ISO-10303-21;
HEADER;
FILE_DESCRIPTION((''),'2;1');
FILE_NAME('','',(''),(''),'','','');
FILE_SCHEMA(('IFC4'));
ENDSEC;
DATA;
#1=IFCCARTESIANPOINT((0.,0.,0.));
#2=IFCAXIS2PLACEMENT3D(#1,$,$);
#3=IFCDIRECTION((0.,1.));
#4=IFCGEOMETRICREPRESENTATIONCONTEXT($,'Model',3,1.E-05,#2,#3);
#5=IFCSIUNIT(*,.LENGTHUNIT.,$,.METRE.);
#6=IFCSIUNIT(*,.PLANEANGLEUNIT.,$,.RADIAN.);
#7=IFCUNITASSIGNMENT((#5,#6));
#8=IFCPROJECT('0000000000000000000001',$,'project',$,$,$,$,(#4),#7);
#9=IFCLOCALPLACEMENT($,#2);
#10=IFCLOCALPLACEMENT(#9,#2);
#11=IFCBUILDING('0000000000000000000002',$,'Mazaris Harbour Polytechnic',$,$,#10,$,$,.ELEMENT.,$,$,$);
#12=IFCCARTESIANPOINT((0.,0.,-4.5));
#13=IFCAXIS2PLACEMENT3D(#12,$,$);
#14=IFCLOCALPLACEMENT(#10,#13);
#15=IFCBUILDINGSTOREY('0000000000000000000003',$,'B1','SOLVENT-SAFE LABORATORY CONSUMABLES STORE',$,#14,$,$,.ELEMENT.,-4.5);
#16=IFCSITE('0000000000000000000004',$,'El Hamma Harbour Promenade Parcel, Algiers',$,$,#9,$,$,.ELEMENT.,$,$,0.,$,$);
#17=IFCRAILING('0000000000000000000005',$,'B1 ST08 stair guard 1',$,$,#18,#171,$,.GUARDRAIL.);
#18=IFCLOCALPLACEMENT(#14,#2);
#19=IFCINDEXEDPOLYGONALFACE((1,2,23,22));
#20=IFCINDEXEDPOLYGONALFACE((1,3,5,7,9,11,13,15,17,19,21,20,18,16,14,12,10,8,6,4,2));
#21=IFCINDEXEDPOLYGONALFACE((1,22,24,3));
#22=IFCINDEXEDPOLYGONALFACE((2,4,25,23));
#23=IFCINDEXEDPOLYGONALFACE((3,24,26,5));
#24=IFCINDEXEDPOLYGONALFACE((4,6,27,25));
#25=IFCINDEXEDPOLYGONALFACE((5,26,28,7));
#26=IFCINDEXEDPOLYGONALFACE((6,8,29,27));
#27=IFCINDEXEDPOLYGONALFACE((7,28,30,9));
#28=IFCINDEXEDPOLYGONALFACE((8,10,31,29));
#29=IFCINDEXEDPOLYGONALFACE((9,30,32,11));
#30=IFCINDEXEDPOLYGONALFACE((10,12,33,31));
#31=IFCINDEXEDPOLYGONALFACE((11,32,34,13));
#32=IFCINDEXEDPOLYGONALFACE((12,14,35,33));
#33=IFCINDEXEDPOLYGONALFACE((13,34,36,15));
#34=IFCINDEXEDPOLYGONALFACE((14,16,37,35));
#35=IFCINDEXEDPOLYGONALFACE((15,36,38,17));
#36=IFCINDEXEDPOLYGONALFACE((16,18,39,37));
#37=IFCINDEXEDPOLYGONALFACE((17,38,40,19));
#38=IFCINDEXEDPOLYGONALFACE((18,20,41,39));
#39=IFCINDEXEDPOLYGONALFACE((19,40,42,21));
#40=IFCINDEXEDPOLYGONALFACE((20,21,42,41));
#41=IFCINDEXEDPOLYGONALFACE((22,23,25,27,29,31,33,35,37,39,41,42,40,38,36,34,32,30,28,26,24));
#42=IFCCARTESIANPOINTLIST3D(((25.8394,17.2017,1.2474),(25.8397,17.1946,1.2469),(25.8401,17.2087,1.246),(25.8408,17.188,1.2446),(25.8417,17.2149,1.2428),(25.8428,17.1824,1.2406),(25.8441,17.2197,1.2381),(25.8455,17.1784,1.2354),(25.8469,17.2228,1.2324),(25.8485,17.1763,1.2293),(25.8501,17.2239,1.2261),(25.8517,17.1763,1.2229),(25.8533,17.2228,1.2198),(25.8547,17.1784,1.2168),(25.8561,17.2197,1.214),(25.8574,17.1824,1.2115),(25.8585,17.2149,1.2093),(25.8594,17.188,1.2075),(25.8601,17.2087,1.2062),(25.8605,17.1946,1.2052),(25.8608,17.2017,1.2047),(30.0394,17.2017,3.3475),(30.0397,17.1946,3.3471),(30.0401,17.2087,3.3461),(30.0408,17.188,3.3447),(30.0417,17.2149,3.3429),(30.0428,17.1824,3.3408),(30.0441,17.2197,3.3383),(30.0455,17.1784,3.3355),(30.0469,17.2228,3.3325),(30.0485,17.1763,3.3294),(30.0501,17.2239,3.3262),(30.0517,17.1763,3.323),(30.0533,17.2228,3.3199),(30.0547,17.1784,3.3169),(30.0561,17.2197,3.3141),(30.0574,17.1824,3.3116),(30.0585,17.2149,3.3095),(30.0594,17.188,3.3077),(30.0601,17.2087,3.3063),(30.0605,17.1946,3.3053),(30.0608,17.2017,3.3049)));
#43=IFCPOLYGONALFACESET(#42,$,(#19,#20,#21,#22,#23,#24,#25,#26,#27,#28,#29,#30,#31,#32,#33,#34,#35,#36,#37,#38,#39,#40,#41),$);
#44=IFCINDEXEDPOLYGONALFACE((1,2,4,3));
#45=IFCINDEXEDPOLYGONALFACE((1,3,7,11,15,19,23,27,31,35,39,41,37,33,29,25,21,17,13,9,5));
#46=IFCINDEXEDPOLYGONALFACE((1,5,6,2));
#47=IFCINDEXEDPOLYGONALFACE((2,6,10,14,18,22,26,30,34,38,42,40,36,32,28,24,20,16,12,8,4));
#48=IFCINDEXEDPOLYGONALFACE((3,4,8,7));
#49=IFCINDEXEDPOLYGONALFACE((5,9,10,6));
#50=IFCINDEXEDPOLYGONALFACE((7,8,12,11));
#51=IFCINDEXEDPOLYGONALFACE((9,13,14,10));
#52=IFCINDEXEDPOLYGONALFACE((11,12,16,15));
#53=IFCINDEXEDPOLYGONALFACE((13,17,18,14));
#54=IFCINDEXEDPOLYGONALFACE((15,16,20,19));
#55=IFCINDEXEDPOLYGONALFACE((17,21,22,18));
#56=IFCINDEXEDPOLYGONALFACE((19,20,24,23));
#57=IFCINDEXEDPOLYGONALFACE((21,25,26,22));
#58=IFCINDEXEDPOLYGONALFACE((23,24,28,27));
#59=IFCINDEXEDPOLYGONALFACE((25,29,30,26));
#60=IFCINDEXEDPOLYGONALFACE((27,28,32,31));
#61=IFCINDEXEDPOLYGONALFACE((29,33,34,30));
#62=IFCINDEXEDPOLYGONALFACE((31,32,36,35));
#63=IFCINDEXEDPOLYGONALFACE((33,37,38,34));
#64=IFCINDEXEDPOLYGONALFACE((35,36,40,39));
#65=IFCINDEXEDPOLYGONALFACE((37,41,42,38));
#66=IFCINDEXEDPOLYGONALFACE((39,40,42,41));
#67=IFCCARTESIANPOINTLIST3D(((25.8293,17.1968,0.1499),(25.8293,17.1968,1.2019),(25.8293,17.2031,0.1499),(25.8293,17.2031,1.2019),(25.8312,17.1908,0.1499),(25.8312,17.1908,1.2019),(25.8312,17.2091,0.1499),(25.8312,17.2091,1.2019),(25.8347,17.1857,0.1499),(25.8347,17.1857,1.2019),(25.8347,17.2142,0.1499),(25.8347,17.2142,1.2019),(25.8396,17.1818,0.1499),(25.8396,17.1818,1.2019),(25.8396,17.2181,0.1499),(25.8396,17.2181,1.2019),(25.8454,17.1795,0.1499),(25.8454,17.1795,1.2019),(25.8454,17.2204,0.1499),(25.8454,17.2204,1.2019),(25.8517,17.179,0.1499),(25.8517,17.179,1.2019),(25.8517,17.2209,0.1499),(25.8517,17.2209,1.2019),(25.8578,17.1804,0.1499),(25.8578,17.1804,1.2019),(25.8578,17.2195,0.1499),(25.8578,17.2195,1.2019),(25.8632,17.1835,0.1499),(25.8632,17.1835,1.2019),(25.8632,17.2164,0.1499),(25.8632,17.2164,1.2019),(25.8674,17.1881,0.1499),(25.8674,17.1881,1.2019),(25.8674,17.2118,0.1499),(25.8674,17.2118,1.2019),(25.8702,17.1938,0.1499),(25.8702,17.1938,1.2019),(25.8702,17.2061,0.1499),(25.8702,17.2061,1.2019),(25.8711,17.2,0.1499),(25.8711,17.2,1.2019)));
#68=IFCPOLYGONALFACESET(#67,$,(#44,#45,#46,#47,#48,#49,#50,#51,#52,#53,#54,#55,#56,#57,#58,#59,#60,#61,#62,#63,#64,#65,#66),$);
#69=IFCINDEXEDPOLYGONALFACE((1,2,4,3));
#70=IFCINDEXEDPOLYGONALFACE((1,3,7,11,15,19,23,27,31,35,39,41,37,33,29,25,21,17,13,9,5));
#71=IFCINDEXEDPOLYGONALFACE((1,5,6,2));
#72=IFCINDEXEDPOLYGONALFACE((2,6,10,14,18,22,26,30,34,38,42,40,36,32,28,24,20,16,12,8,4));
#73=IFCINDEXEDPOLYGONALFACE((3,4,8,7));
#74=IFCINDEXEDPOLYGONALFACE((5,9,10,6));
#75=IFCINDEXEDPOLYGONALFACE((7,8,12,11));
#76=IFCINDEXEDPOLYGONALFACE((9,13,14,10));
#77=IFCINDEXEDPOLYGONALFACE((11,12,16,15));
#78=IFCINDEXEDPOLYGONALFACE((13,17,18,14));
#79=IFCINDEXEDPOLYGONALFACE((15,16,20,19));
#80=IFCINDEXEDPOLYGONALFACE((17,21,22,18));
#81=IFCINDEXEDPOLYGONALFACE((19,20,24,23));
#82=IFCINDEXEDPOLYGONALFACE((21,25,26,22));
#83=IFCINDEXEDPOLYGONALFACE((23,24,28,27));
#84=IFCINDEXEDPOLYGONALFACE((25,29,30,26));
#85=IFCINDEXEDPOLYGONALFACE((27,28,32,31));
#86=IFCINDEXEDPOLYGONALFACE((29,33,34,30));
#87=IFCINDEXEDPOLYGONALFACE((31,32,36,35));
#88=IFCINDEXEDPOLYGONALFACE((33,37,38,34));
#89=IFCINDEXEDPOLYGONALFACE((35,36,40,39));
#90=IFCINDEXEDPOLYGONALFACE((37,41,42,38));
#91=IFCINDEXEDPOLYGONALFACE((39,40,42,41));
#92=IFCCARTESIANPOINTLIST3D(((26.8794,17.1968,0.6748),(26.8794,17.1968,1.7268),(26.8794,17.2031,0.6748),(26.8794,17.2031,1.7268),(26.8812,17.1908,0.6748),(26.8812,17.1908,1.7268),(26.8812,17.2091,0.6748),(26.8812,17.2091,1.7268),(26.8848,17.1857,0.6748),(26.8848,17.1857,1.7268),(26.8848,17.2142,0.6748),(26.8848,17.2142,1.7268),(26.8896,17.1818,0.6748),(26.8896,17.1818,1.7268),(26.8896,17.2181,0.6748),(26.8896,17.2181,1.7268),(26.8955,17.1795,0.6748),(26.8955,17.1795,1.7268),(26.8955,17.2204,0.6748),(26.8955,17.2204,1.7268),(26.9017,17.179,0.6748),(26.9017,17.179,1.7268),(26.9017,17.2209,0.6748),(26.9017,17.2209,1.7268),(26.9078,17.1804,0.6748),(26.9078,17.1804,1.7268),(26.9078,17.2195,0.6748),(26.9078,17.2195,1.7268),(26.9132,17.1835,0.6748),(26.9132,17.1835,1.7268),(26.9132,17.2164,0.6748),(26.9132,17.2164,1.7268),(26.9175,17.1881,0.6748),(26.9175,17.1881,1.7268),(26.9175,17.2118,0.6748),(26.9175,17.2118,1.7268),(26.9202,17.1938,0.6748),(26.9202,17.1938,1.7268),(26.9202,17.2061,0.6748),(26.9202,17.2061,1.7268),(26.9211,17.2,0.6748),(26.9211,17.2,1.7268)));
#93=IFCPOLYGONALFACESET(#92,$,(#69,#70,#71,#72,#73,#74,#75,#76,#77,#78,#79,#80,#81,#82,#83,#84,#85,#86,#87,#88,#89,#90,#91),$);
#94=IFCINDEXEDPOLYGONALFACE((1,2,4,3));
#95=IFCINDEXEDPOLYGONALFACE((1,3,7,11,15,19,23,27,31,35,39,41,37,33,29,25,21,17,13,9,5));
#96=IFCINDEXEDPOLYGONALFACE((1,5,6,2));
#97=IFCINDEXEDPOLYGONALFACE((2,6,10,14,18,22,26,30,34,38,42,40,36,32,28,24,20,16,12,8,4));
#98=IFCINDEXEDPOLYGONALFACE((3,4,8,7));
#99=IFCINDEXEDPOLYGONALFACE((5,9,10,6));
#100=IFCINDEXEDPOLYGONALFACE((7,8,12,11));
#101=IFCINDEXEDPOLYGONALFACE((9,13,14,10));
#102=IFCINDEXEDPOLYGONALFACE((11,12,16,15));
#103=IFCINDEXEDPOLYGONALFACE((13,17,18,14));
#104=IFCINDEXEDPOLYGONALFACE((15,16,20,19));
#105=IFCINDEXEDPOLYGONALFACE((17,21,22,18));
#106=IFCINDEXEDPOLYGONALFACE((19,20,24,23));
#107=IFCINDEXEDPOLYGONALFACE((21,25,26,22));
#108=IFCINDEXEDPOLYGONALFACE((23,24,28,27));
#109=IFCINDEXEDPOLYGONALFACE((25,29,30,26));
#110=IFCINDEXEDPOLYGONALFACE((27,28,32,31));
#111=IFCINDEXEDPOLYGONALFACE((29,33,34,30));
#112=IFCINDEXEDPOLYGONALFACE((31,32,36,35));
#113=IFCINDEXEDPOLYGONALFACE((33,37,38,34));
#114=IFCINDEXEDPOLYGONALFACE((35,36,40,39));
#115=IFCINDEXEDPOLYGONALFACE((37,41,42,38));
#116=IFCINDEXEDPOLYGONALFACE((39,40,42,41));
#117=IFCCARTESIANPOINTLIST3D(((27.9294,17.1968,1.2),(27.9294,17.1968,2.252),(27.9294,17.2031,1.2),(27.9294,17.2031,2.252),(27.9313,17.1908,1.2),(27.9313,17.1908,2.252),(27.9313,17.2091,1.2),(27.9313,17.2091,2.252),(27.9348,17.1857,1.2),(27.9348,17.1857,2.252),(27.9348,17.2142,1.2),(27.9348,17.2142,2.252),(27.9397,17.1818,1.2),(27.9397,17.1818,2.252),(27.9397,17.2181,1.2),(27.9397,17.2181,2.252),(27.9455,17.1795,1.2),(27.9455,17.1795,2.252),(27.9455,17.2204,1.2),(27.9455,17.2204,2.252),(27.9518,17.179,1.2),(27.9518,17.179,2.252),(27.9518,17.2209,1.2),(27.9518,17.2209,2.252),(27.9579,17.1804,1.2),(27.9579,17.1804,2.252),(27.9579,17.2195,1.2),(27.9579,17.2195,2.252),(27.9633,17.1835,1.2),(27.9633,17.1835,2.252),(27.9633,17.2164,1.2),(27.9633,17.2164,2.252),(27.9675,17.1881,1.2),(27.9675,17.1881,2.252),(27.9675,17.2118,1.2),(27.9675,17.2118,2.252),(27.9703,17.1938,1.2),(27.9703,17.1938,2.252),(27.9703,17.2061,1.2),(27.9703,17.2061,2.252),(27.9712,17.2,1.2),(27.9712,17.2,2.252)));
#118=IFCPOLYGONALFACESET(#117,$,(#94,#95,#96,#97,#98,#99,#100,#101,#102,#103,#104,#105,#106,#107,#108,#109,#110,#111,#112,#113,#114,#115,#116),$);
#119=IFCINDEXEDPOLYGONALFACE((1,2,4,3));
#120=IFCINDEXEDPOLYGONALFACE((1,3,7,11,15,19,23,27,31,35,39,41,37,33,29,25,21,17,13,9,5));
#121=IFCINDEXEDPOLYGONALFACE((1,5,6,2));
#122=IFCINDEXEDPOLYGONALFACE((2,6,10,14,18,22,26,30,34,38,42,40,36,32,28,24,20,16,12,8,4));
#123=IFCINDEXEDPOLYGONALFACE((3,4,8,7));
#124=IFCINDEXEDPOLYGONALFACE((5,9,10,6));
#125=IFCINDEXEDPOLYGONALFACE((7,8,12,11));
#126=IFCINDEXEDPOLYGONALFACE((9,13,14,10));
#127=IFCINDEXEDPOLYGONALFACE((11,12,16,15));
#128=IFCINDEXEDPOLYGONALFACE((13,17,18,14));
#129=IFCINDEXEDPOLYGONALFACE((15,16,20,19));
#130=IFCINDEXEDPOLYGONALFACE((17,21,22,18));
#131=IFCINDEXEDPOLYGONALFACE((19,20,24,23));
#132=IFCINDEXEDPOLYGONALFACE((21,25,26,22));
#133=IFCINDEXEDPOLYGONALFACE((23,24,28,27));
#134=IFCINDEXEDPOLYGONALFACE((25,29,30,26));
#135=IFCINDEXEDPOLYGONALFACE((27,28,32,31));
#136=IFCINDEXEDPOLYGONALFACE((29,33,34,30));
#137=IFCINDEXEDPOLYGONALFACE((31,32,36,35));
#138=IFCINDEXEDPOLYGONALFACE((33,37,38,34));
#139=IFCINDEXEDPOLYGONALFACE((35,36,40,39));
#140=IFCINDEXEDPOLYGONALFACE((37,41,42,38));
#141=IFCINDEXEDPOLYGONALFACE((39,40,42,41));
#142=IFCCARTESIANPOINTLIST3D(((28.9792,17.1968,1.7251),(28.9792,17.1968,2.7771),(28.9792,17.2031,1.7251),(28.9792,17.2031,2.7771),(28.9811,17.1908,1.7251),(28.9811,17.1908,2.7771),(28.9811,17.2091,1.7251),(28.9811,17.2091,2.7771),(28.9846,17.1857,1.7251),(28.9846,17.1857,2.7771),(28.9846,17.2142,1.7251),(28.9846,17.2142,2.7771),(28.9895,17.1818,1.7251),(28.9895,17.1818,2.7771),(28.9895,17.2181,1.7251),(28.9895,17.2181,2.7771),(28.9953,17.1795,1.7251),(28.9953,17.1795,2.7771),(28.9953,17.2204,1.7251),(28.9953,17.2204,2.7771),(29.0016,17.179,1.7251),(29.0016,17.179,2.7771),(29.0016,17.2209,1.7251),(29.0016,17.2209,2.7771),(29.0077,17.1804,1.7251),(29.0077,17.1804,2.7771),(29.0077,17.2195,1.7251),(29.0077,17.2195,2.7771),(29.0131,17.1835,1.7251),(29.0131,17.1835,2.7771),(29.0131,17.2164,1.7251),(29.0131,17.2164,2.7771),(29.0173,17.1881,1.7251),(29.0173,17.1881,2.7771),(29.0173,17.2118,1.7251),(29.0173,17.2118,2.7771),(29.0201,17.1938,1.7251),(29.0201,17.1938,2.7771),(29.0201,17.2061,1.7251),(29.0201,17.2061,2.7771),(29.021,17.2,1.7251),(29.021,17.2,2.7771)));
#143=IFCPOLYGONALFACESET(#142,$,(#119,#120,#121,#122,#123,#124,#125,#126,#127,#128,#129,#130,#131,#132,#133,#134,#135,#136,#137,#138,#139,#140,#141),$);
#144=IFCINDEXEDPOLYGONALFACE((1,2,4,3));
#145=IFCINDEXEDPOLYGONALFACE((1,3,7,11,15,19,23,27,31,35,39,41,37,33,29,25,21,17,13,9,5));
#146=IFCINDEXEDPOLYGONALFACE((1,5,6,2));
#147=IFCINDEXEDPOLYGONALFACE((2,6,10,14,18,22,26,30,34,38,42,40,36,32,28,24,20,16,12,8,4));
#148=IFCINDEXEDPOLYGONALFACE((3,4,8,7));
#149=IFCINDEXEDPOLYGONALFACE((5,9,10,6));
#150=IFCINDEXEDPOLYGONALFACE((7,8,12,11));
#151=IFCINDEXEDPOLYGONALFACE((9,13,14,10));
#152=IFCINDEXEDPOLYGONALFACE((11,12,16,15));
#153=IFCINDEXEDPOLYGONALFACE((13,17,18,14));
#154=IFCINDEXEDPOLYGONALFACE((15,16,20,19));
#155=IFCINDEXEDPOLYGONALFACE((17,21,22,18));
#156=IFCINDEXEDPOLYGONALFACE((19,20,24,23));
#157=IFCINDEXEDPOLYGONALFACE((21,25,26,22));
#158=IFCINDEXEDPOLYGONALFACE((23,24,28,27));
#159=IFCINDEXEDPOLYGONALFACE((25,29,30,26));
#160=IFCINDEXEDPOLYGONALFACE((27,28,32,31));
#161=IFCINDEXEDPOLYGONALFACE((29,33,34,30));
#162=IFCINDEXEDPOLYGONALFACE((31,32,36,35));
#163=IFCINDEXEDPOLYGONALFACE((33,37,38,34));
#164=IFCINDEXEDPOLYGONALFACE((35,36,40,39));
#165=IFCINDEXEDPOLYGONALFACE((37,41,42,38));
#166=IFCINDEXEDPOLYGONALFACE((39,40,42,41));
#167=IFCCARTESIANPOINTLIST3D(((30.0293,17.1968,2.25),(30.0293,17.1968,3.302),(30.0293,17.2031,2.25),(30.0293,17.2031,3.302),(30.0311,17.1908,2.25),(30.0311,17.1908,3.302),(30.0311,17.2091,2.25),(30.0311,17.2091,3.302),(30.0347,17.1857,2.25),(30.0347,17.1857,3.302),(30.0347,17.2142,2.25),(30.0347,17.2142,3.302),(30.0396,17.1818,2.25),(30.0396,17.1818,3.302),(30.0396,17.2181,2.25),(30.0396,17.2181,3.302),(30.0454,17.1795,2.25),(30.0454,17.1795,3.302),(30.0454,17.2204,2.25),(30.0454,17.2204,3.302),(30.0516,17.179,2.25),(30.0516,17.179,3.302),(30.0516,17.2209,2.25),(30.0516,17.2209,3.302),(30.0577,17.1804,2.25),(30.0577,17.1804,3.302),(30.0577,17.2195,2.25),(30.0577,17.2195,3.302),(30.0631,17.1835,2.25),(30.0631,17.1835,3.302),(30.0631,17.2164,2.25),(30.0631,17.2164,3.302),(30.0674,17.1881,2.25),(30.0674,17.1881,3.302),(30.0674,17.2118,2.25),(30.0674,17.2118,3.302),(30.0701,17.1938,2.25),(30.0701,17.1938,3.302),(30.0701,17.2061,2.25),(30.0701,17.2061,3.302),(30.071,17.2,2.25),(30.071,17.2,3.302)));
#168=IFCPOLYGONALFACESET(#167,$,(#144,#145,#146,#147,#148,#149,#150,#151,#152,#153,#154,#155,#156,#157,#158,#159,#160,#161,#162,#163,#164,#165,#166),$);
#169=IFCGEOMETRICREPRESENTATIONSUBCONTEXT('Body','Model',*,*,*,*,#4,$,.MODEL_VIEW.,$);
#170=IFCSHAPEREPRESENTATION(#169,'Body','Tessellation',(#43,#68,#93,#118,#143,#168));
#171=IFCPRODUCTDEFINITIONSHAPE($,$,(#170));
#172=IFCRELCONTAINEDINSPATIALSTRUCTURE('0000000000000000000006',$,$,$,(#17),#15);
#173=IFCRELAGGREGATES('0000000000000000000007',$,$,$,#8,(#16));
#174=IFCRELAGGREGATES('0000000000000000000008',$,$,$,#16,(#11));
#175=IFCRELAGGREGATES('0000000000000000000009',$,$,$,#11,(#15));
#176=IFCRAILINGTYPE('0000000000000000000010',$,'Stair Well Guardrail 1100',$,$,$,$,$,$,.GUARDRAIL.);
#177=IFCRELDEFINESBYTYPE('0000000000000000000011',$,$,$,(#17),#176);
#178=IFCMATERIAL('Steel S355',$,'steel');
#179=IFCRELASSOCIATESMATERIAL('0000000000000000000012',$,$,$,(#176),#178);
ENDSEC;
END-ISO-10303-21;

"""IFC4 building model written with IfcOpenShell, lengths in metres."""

from ifc_helpers import new_model, si_unit, direction, frame, origin, origin_2d, place, context, subcontext, project, spatial, circle, extrude, material, type_object, element, save


model = new_model("IFC4")

# Units and contexts
model_context = context("Model", 3, precision=1e-05, world=origin(), true_north=direction((0.0, 1.0)))
body_context = subcontext(model_context, "Body", "Model", "MODEL_VIEW")
ifc_project = project(units=[si_unit("LENGTHUNIT", "METRE"), si_unit("PLANEANGLEUNIT", "RADIAN")], contexts=[model_context])

# Site, building, storey
site_placement = place(None, origin())
site = spatial("IfcSite", under=ifc_project, at=site_placement, Name="El Hamma Harbour Promenade Parcel, Algiers", CompositionType="ELEMENT", RefElevation=0.0)
building_placement = place(site_placement, origin())
building = spatial("IfcBuilding", under=site, at=building_placement, Name="Mazaris Harbour Polytechnic", CompositionType="ELEMENT")
storey_placement = place(building_placement, frame((0.0, 0.0, -4.5)))
storey = spatial("IfcBuildingStorey", under=building, at=storey_placement, Name="B1", Description="SOLVENT-SAFE LABORATORY CONSUMABLES STORE", CompositionType="ELEMENT", Elevation=-4.5)

# Railing
ifc_material_1 = material(Name="Steel S355", Category="steel")
railing_type_1 = type_object("IfcRailingType", Name="Stair Well Guardrail 1100", PredefinedType="GUARDRAIL", material=ifc_material_1)
railing_1_placement = place(storey_placement, frame((25.8501, 17.2, 0.1499)))
element("IfcRailing", 1, at=railing_1_placement, inside=storey, type_object=railing_type_1, Name="B1 ST08 stair guard 1", PredefinedType="GUARDRAIL", context=body_context, shape_type="SweptSolid", body=[
    extrude(circle(Radius=0.0239, at=origin_2d()), frame((0.0, 0.0, 1.0762), z_axis=(0.894417, 0.0, 0.447234), x_axis=(0.0, 1.0, 0.0)), (0.0, 0.0, 1.0), 4.6958),
    extrude(circle(Radius=0.021, at=origin_2d()), origin(), (0.0, 0.0, 1.0), 1.052),
    extrude(circle(Radius=0.021, at=origin_2d()), frame((1.05, 0.0, 0.5249)), (0.0, 0.0, 1.0), 1.052),
    extrude(circle(Radius=0.021, at=origin_2d()), frame((2.1001, 0.0, 1.05)), (0.0, 0.0, 1.0), 1.052),
    extrude(circle(Radius=0.021, at=origin_2d()), frame((3.1499, 0.0, 1.5752)), (0.0, 0.0, 1.0), 1.052),
    extrude(circle(Radius=0.021, at=origin_2d()), frame((4.2, 0.0, 2.1001)), (0.0, 0.0, 1.0), 1.052),
])

save(model, "model.ifc")
